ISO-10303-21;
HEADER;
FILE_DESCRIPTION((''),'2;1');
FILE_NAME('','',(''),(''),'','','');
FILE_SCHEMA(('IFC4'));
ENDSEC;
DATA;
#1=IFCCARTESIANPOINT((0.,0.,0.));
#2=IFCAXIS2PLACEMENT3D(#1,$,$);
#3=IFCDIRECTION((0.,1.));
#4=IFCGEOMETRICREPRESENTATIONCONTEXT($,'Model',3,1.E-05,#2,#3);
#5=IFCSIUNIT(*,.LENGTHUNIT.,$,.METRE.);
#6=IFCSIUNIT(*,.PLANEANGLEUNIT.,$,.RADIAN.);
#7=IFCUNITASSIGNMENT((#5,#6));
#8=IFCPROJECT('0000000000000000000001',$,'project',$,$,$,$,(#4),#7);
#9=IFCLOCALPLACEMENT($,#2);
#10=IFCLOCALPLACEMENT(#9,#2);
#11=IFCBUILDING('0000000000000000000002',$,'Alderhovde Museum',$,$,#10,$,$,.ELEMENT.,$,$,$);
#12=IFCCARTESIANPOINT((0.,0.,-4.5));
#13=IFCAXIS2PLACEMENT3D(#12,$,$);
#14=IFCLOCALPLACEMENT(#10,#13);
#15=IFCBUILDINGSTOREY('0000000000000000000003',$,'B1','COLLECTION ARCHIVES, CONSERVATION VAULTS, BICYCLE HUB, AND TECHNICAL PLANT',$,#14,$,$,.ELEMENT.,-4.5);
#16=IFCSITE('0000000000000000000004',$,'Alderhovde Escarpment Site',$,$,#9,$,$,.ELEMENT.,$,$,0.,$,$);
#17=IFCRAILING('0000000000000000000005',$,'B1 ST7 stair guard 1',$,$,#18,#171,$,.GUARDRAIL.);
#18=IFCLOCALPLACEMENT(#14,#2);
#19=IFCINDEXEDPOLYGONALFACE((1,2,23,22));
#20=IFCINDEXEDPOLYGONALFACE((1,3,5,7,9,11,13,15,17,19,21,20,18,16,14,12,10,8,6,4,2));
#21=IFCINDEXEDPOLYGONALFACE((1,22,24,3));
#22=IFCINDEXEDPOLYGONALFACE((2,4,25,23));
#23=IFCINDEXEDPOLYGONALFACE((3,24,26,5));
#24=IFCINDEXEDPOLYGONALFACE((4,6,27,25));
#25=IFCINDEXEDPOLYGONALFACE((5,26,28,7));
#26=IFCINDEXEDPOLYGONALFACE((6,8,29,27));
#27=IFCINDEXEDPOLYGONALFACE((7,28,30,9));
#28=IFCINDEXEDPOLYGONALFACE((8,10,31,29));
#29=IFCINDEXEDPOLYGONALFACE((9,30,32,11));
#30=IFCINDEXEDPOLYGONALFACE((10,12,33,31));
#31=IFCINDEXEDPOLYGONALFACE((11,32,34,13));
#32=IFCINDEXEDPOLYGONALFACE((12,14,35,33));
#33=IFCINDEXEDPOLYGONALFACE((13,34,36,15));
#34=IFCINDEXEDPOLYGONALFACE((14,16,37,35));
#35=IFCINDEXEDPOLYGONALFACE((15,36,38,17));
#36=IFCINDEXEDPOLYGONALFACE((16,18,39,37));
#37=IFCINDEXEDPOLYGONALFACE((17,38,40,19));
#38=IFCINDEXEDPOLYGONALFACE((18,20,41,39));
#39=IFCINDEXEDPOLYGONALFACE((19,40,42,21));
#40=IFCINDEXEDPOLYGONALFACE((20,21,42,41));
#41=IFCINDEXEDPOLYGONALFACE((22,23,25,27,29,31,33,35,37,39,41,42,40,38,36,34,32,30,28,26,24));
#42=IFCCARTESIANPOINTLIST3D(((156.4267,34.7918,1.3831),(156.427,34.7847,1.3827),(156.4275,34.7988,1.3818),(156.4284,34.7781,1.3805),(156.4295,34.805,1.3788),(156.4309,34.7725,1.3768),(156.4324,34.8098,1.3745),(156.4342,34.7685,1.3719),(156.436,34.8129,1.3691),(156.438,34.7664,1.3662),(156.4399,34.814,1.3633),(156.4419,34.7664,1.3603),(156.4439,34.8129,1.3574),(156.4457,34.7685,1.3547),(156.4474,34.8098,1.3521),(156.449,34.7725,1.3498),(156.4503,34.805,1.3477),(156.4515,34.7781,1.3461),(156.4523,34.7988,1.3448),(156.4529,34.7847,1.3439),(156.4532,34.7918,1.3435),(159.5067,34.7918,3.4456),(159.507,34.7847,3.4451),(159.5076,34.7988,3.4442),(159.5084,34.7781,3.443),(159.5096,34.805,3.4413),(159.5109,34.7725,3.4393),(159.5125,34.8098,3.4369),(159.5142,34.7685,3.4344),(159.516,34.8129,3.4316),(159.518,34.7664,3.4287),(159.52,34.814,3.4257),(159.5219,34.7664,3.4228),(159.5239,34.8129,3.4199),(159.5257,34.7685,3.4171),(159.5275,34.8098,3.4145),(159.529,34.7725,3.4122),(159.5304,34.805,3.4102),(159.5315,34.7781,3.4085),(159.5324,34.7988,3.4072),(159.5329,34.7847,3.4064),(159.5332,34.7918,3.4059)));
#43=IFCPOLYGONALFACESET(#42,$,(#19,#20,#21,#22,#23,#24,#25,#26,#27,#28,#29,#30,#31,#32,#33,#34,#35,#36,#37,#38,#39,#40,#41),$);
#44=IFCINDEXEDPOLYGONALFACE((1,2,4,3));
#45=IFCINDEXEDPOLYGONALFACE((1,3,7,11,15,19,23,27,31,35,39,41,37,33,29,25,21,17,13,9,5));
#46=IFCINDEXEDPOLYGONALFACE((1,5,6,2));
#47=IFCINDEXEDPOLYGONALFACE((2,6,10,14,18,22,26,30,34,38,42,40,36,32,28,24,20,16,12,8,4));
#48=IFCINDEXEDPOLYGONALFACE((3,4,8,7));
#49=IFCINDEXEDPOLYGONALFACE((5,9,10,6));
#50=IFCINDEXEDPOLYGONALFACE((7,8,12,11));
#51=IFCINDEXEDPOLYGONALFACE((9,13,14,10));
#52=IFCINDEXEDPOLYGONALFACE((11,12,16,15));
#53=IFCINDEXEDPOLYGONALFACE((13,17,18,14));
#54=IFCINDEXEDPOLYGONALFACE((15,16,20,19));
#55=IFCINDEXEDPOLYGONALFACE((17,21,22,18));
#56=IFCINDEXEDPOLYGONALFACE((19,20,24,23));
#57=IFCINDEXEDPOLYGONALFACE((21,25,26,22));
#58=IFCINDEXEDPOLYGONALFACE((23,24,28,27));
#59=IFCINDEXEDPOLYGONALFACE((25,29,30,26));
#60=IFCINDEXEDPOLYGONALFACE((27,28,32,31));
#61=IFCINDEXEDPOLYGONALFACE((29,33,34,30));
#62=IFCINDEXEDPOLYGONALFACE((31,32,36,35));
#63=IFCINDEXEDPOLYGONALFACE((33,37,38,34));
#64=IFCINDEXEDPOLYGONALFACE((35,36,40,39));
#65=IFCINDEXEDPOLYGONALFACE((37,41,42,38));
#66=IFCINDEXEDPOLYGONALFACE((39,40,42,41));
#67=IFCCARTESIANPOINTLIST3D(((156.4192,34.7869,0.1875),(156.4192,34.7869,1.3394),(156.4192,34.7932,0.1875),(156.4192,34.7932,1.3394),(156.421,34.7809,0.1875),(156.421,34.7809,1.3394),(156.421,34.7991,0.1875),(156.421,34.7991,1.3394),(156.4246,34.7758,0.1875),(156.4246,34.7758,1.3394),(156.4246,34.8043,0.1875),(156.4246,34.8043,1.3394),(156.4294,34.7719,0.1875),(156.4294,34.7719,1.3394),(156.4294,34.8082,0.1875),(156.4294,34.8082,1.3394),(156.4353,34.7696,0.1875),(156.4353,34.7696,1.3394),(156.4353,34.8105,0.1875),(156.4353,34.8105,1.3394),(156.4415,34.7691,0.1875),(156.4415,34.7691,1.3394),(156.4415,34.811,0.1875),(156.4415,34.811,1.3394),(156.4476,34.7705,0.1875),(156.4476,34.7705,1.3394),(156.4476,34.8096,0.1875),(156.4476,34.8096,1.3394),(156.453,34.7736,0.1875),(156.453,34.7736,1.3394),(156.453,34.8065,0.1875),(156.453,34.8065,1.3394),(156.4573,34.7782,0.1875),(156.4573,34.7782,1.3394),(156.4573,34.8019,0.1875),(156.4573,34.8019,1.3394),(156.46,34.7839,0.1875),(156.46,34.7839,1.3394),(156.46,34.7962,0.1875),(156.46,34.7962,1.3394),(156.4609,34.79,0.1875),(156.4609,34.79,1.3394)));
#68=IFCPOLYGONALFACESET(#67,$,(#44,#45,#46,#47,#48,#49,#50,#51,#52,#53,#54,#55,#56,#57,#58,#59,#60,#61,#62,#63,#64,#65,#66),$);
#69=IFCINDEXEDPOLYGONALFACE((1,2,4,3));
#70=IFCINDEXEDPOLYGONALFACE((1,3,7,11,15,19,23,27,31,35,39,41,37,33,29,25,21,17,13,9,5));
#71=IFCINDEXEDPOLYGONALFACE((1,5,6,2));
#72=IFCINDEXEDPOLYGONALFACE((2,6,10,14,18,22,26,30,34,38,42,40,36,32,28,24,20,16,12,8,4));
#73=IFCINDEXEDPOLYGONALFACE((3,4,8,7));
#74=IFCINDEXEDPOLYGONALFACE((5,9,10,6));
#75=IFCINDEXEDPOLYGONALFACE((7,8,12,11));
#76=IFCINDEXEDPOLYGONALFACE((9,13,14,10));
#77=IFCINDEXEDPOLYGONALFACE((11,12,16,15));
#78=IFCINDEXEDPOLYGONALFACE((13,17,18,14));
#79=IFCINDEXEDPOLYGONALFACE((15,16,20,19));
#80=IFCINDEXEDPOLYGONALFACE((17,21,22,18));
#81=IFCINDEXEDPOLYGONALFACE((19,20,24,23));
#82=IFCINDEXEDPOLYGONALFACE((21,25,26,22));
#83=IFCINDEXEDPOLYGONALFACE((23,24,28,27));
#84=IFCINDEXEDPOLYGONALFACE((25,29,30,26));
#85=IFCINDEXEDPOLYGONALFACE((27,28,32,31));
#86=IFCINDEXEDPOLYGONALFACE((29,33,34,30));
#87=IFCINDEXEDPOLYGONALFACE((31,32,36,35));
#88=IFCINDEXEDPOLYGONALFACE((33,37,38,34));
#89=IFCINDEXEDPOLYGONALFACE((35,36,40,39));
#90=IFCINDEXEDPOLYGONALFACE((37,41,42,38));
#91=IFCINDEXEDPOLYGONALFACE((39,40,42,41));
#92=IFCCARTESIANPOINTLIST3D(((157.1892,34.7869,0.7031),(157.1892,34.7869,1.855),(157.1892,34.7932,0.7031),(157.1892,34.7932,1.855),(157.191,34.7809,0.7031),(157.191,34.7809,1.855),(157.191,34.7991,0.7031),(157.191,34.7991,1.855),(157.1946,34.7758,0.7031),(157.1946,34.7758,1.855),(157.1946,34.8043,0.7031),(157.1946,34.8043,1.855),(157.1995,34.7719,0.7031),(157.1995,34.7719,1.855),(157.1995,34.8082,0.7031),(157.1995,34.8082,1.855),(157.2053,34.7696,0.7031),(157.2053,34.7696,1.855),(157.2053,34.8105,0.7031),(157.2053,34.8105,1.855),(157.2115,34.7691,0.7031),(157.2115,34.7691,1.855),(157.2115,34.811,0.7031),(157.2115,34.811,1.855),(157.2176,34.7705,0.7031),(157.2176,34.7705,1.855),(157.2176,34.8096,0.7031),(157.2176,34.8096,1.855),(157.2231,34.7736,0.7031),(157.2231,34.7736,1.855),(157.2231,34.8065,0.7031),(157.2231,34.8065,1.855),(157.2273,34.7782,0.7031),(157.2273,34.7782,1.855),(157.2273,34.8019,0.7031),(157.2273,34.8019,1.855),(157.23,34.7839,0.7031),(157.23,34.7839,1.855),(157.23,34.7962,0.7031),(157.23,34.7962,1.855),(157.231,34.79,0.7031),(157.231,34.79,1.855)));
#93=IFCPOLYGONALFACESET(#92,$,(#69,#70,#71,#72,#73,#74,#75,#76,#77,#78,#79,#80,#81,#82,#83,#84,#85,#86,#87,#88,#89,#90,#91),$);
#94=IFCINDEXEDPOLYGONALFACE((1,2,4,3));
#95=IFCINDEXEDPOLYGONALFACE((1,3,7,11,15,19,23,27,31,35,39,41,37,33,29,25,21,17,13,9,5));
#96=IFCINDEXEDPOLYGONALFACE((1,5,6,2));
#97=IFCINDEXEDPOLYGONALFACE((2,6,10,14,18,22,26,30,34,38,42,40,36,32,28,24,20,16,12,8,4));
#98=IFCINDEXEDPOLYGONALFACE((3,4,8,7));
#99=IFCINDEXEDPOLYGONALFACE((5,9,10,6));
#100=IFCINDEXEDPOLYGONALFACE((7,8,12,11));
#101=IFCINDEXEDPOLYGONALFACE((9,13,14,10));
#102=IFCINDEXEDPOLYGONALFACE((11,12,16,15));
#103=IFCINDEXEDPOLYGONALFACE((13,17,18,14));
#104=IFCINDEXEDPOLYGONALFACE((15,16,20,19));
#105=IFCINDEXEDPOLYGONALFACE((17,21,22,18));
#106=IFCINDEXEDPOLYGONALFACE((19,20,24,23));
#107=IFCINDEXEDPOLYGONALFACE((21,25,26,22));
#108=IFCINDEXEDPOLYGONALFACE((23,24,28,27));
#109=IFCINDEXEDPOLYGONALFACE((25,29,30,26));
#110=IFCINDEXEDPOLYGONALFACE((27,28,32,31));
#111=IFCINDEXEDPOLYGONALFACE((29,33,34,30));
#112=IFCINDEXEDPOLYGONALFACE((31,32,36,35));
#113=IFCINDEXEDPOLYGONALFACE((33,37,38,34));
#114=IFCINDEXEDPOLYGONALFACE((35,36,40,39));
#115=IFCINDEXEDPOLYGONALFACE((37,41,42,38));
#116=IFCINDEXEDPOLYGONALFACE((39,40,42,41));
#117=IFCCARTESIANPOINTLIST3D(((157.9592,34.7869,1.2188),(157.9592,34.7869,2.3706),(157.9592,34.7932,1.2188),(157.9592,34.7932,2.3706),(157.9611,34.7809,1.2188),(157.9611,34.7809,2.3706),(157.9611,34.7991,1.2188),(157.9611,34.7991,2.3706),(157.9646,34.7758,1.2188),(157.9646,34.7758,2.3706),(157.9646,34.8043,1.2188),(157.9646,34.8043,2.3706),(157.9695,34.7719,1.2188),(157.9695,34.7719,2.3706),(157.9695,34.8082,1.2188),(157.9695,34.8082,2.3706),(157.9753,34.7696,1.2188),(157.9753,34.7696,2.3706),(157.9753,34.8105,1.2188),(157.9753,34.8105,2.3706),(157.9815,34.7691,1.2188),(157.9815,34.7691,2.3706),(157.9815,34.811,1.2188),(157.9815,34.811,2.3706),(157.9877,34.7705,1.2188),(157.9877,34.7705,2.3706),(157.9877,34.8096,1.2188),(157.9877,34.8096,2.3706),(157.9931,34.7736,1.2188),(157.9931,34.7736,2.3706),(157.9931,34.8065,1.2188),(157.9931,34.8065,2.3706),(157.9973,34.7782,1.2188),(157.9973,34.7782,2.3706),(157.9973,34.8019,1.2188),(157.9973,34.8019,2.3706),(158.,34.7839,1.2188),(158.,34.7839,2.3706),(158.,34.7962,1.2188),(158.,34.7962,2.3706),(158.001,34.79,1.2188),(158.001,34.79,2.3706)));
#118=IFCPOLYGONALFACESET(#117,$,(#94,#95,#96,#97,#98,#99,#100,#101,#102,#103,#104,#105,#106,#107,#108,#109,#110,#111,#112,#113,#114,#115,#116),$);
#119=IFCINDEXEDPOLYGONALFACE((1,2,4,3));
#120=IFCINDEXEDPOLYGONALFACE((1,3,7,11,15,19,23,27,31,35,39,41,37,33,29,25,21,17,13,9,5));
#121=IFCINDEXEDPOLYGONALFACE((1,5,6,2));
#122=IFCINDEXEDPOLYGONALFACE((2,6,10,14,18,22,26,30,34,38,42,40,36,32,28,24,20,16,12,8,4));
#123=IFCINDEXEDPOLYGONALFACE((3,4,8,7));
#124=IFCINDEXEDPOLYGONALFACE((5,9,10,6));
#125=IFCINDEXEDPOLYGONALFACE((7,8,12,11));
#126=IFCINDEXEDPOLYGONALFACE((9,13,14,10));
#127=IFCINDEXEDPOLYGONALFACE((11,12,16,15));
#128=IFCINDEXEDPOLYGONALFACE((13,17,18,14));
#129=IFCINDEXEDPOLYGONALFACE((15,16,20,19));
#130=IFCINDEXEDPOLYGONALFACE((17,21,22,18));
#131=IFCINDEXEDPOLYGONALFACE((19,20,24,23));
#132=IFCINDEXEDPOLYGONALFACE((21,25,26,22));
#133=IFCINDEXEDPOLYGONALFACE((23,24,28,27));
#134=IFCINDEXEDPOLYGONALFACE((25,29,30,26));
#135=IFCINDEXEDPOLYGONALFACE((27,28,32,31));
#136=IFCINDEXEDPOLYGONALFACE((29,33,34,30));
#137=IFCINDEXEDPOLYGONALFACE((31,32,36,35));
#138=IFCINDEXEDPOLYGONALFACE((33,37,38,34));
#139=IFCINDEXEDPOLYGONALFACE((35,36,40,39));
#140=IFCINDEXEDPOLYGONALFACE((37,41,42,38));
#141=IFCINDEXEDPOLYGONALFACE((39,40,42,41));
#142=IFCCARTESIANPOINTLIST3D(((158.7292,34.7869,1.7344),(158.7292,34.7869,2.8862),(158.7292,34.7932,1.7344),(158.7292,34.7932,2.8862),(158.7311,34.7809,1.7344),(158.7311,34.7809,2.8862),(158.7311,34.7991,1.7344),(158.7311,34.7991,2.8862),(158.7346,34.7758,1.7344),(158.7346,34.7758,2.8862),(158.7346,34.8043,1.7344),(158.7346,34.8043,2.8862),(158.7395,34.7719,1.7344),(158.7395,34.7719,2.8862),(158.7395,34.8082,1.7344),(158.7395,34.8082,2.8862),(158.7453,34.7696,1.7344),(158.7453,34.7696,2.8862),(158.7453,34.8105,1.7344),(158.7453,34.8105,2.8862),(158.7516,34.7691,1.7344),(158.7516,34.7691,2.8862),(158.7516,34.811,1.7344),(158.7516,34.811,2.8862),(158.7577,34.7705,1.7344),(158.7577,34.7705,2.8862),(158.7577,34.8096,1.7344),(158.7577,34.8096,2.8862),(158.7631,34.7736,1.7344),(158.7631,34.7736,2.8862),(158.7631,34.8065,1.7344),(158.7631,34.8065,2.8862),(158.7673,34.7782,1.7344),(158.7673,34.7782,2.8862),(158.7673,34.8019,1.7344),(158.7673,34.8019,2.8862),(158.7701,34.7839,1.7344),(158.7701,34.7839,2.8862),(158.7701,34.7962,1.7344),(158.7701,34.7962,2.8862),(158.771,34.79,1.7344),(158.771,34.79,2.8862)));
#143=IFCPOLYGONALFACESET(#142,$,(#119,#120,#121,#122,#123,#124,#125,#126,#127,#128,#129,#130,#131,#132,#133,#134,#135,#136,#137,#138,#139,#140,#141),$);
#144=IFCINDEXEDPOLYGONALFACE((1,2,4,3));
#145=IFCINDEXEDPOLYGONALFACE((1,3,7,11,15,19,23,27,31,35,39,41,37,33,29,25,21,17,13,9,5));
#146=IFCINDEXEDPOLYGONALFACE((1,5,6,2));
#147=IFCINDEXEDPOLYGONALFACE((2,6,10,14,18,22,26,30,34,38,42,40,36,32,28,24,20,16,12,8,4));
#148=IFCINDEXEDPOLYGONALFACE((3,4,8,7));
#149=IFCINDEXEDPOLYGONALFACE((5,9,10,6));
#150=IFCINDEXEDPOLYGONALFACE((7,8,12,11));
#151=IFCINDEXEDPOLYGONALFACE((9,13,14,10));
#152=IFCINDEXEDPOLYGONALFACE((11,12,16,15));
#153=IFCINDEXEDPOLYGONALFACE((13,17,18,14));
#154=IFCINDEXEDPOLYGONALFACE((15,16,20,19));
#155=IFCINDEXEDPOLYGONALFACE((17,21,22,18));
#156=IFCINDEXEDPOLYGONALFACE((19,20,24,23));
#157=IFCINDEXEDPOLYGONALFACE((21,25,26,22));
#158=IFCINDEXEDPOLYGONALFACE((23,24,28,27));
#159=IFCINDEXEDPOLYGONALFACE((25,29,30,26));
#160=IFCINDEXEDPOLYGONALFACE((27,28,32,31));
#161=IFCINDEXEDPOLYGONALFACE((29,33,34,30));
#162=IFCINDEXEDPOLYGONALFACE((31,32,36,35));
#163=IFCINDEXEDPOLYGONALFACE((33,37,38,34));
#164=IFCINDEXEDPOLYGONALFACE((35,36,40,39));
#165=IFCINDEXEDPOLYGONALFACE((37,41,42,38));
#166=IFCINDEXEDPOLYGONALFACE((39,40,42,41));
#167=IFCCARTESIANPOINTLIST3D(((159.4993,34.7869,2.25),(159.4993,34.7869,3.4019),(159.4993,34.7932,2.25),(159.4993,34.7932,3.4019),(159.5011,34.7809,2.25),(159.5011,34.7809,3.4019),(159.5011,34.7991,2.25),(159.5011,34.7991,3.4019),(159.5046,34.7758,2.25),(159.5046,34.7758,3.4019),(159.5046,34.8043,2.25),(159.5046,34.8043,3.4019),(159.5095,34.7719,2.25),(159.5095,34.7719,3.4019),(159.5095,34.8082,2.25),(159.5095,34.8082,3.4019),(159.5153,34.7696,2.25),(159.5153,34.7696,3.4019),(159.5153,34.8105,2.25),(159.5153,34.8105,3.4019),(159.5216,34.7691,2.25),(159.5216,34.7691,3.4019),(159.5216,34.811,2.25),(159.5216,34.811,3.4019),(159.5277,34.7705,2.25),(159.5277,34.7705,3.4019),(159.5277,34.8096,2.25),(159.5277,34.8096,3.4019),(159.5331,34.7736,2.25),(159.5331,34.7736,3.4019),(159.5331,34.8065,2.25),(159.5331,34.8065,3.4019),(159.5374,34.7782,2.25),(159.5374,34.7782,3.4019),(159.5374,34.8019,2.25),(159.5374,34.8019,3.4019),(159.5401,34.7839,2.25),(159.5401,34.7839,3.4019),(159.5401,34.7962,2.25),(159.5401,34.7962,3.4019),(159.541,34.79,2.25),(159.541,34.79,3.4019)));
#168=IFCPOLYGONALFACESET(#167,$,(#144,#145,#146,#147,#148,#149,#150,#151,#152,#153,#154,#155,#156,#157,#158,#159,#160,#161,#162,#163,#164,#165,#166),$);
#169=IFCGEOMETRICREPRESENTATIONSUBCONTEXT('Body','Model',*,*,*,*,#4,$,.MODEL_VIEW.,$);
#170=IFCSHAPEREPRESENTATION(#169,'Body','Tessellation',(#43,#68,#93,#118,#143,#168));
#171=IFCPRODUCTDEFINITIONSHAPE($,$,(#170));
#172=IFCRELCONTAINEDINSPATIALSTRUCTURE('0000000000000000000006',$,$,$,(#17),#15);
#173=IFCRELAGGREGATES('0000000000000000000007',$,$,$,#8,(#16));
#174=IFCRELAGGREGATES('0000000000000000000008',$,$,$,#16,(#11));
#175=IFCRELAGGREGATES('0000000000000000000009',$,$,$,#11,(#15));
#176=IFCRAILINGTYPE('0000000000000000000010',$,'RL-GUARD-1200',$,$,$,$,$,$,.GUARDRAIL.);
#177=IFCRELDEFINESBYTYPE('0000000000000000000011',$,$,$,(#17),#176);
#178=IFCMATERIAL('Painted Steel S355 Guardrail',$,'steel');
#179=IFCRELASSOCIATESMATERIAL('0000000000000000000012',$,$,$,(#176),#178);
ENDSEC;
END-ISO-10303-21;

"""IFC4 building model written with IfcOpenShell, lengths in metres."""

from ifc_helpers import new_model, si_unit, direction, frame, origin, origin_2d, place, context, subcontext, project, spatial, circle, extrude, material, type_object, element, save


model = new_model("IFC4")

# Units and contexts
model_context = context("Model", 3, precision=1e-05, world=origin(), true_north=direction((0.0, 1.0)))
body_context = subcontext(model_context, "Body", "Model", "MODEL_VIEW")
ifc_project = project(units=[si_unit("LENGTHUNIT", "METRE"), si_unit("PLANEANGLEUNIT", "RADIAN")], contexts=[model_context])

# Site, building, storey
site_placement = place(None, origin())
site = spatial("IfcSite", under=ifc_project, at=site_placement, Name="Alderhovde Escarpment Site", CompositionType="ELEMENT", RefElevation=0.0)
building_placement = place(site_placement, origin())
building = spatial("IfcBuilding", under=site, at=building_placement, Name="Alderhovde Museum", CompositionType="ELEMENT")
storey_placement = place(building_placement, frame((0.0, 0.0, -4.5)))
storey = spatial("IfcBuildingStorey", under=building, at=storey_placement, Name="B1", Description="COLLECTION ARCHIVES, CONSERVATION VAULTS, BICYCLE HUB, AND TECHNICAL PLANT", CompositionType="ELEMENT", Elevation=-4.5)

# Railing
ifc_material_1 = material(Name="Painted Steel S355 Guardrail", Category="steel")
railing_type_1 = type_object("IfcRailingType", Name="RL-GUARD-1200", PredefinedType="GUARDRAIL", material=ifc_material_1)
railing_1_placement = place(storey_placement, frame((156.4399, 34.79, 0.1875)))
element("IfcRailing", 1, at=railing_1_placement, inside=storey, type_object=railing_type_1, Name="B1 ST7 stair guard 1", PredefinedType="GUARDRAIL", context=body_context, shape_type="SweptSolid", body=[
    extrude(circle(Radius=0.0239, at=origin_2d()), frame((0.0, 0.0, 1.1758), z_axis=(0.830914, 0.0, 0.556401), x_axis=(0.0, 1.0, 0.0)), (0.0, 0.0, 1.0), 3.7068),
    extrude(circle(Radius=0.021, at=origin_2d()), origin(), (0.0, 0.0, 1.0), 1.1519),
    extrude(circle(Radius=0.021, at=origin_2d()), frame((0.77, 0.0, 0.5156)), (0.0, 0.0, 1.0), 1.1519),
    extrude(circle(Radius=0.021, at=origin_2d()), frame((1.54, 0.0, 1.0312)), (0.0, 0.0, 1.0), 1.1519),
    extrude(circle(Radius=0.021, at=origin_2d()), frame((2.3101, 0.0, 1.5469)), (0.0, 0.0, 1.0), 1.1519),
    extrude(circle(Radius=0.021, at=origin_2d()), frame((3.0801, 0.0, 2.0625)), (0.0, 0.0, 1.0), 1.1519),
])

save(model, "model.ifc")
